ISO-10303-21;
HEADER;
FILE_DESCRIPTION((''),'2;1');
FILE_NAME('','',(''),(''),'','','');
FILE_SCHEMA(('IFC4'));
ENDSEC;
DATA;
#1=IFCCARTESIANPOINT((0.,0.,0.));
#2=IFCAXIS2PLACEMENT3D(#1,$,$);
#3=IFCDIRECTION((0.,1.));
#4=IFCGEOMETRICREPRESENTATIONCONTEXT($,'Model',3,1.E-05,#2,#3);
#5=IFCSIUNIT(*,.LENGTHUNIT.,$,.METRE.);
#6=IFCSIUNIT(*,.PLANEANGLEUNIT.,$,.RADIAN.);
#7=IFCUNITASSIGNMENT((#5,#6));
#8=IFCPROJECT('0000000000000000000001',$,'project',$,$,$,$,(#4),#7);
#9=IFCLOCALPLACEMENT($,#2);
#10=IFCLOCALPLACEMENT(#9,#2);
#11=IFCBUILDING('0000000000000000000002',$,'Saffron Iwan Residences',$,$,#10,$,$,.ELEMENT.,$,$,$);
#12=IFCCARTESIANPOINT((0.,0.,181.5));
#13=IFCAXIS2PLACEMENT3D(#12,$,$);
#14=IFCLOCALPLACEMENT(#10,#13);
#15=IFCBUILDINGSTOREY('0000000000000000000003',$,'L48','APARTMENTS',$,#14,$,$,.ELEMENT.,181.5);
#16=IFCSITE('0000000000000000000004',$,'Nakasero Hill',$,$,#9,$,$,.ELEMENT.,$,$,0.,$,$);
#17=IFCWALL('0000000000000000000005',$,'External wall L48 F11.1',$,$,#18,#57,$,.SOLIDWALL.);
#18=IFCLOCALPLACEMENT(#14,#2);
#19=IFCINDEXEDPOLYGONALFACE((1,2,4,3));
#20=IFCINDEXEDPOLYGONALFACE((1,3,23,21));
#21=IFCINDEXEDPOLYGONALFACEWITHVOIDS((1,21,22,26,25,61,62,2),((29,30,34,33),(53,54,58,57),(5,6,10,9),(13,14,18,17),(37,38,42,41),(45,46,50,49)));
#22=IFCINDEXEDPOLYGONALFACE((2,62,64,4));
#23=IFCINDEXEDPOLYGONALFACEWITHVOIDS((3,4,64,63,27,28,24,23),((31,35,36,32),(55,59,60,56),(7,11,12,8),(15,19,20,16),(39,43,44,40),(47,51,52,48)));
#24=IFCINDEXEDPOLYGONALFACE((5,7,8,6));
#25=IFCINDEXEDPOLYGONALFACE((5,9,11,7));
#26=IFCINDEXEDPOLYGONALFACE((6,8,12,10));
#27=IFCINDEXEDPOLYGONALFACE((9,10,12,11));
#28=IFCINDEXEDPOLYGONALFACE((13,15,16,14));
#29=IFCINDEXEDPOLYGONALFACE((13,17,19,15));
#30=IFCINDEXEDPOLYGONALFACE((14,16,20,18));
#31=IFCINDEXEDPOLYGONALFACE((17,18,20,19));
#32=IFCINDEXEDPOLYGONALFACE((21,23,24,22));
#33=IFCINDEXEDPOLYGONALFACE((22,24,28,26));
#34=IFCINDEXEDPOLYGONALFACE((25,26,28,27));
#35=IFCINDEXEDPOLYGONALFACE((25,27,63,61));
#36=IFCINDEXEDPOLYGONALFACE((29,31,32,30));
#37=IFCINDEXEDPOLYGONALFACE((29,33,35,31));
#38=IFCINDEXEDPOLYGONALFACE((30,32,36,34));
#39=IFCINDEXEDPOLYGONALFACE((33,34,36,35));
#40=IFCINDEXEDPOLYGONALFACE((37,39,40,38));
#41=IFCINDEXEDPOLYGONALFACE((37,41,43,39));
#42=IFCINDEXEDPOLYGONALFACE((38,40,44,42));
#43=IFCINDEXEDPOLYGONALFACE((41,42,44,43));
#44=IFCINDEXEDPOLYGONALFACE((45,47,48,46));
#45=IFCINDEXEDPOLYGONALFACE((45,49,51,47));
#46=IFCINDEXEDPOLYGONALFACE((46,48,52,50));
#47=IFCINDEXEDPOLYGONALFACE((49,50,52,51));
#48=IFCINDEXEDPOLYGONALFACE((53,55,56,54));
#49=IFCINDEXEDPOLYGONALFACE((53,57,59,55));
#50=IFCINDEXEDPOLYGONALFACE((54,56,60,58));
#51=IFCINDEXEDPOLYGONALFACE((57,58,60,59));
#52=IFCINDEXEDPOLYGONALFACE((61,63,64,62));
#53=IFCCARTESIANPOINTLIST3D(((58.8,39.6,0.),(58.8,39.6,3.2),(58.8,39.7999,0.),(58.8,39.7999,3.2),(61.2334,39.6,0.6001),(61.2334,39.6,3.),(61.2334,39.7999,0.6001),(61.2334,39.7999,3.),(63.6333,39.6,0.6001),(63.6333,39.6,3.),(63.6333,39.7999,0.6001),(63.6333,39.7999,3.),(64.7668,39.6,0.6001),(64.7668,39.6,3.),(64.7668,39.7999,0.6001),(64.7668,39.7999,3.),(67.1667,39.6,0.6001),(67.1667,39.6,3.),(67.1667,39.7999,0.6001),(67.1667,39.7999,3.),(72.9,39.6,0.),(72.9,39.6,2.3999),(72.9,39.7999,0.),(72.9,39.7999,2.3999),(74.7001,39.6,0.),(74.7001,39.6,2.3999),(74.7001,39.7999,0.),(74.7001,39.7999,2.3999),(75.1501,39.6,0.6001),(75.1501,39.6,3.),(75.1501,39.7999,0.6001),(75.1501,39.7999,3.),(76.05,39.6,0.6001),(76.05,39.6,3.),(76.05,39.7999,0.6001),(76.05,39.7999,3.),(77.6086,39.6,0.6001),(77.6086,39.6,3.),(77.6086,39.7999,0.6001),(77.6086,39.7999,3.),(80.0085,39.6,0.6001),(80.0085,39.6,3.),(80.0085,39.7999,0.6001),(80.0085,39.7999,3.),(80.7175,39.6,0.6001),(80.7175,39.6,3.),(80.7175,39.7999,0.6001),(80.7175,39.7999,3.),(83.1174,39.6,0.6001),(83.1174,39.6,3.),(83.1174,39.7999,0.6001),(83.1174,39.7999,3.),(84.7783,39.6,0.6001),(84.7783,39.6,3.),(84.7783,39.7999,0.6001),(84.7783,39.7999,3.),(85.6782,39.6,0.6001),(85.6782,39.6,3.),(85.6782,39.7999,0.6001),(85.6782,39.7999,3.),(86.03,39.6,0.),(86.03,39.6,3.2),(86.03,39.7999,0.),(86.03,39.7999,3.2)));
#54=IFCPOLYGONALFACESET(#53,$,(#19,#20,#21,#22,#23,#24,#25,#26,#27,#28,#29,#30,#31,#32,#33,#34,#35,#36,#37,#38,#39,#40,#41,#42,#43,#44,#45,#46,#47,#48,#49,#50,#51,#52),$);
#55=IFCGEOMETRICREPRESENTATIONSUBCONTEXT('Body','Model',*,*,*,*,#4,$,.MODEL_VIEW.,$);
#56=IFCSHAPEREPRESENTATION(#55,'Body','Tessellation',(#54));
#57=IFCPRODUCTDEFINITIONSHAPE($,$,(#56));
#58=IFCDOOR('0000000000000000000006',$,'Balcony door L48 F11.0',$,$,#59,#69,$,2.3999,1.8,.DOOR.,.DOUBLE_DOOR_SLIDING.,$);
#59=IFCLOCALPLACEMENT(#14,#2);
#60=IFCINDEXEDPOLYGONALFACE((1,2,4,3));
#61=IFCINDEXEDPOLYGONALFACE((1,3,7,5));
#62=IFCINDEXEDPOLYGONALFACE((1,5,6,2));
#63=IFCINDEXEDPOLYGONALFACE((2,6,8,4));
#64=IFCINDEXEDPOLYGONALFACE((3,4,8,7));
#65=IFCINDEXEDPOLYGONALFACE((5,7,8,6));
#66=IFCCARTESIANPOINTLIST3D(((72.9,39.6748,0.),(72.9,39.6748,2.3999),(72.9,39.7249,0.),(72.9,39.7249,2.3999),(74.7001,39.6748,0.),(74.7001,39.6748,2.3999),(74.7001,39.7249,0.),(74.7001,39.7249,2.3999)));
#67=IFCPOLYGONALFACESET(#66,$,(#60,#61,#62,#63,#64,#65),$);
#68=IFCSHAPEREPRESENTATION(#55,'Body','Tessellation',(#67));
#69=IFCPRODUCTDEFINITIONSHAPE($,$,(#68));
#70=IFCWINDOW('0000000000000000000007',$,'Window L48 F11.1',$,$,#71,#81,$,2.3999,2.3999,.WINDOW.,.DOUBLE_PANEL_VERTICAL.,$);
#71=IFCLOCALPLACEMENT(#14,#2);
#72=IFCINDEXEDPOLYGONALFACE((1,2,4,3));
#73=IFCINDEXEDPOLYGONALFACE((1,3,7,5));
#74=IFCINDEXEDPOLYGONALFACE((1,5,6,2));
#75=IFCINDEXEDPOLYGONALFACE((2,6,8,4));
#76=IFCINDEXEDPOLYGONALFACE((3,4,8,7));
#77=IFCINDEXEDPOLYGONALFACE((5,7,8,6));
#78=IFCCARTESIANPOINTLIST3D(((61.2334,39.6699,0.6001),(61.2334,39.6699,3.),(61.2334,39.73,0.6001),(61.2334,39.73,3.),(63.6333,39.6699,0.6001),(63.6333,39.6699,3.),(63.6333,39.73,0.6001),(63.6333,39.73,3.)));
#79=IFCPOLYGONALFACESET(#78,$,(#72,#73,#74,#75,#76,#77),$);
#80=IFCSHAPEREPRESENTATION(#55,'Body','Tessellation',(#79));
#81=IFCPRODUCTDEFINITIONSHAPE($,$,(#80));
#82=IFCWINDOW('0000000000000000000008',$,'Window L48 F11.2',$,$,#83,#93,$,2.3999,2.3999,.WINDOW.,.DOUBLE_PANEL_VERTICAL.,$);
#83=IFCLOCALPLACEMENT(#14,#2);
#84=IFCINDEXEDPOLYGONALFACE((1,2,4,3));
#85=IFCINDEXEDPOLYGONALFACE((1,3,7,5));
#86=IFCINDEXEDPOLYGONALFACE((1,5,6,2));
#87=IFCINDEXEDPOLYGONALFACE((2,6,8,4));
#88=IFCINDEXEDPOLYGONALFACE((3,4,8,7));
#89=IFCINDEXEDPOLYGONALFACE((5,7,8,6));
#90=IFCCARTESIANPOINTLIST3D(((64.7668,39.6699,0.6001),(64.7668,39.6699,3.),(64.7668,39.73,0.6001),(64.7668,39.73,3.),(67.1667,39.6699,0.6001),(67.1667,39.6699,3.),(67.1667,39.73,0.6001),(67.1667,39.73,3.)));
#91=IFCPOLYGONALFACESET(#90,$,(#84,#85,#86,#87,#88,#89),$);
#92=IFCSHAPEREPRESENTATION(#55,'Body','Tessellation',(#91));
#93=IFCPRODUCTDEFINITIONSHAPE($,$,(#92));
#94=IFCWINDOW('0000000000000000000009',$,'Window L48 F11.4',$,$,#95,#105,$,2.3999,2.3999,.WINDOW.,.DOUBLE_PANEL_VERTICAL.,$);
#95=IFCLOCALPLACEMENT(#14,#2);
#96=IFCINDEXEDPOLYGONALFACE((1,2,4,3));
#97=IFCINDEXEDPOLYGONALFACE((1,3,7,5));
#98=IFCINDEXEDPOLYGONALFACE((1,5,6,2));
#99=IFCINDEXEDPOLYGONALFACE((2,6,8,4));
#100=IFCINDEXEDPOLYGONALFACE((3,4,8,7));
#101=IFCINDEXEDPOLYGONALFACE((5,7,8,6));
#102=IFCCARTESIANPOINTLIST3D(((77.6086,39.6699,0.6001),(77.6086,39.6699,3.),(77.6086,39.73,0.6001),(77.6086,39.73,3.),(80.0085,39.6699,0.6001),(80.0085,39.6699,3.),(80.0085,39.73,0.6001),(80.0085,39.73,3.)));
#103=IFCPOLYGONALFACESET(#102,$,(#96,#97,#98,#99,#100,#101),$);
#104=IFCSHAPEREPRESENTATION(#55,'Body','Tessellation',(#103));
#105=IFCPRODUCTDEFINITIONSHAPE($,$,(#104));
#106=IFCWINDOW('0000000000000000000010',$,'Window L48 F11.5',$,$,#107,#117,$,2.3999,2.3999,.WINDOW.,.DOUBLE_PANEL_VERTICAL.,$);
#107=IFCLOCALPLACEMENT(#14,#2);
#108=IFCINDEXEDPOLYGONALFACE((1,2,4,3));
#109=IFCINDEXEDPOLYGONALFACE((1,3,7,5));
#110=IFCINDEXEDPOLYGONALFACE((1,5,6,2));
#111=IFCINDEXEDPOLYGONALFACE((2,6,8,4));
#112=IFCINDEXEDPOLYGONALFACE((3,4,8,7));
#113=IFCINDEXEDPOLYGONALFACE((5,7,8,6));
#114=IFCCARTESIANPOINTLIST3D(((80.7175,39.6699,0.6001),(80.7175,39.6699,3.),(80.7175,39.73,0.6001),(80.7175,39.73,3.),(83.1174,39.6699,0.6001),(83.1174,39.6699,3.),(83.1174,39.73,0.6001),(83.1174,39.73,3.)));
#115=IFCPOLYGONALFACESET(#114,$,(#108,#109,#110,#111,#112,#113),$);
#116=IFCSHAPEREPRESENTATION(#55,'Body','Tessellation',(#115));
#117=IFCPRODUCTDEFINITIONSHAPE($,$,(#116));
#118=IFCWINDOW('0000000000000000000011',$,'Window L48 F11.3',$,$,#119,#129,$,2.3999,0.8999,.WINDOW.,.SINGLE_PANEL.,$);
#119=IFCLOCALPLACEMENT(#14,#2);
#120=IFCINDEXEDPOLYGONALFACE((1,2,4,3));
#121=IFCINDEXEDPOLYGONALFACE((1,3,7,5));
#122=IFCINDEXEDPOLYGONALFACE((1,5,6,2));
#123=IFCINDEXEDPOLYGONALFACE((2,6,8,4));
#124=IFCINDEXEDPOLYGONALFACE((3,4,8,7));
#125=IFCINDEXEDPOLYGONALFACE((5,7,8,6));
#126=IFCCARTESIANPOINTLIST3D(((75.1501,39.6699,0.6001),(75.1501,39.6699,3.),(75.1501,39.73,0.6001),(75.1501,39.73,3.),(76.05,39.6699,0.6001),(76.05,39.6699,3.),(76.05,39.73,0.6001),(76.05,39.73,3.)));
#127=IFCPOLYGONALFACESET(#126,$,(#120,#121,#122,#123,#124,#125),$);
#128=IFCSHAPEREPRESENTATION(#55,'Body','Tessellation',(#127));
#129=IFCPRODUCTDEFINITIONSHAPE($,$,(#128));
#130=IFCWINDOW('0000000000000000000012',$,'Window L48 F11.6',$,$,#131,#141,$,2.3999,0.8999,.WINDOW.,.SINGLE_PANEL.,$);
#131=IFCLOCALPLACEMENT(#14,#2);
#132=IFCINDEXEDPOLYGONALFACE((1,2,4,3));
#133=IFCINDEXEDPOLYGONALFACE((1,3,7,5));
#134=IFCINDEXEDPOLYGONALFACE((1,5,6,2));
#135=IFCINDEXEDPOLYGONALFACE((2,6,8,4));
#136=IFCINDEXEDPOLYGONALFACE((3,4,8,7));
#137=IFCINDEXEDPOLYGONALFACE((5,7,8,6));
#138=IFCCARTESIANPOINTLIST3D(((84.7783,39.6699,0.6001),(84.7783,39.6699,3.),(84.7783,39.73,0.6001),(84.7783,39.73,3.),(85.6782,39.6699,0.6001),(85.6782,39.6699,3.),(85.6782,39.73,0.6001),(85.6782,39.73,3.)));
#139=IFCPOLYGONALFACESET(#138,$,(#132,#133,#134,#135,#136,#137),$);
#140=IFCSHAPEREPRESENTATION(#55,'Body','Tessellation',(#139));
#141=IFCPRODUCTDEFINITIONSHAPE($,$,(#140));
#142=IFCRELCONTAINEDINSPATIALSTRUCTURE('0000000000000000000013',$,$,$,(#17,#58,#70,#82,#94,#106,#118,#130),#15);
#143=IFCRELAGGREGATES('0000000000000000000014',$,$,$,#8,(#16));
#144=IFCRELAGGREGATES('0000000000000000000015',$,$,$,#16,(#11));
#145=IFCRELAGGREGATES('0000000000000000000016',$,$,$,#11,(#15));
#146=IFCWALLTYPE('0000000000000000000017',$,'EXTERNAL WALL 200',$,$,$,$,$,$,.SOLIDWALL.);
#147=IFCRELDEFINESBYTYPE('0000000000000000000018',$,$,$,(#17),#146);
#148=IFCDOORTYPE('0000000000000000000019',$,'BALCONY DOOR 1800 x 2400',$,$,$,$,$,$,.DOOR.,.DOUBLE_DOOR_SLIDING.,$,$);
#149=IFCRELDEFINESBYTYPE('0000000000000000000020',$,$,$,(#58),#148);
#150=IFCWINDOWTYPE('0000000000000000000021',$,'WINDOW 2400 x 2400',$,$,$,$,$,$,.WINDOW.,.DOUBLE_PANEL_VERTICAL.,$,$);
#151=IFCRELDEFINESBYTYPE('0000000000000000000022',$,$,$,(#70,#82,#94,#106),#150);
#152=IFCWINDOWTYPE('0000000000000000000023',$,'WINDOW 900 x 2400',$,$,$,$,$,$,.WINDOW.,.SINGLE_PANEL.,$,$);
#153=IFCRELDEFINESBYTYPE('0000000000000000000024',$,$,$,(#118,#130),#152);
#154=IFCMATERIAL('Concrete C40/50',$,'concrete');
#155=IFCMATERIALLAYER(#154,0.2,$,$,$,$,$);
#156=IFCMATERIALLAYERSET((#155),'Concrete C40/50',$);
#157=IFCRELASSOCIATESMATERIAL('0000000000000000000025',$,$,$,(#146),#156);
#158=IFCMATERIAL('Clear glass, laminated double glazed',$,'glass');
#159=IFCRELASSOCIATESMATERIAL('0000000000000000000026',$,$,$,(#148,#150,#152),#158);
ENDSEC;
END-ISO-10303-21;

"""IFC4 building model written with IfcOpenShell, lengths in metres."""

from ifc_helpers import new_model, si_unit, direction, frame, frame_2d, origin, place, context, subcontext, project, spatial, rectangle, extrude, material, layer, layer_set, type_object, element, fill, save


model = new_model("IFC4")

# Units and contexts
model_context = context("Model", 3, precision=1e-05, world=origin(), true_north=direction((0.0, 1.0)))
body_context = subcontext(model_context, "Body", "Model", "MODEL_VIEW")
ifc_project = project(units=[si_unit("LENGTHUNIT", "METRE"), si_unit("PLANEANGLEUNIT", "RADIAN")], contexts=[model_context])

# Site, building, storey
site_placement = place(None, origin())
site = spatial("IfcSite", under=ifc_project, at=site_placement, Name="Nakasero Hill", CompositionType="ELEMENT", RefElevation=0.0)
building_placement = place(site_placement, origin())
building = spatial("IfcBuilding", under=site, at=building_placement, Name="Saffron Iwan Residences", CompositionType="ELEMENT")
storey_placement = place(building_placement, frame((0.0, 0.0, 181.5)))
storey = spatial("IfcBuildingStorey", under=building, at=storey_placement, Name="L48", Description="APARTMENTS", CompositionType="ELEMENT", Elevation=181.5)

# Wall, openings, door, windows
ifc_material_1 = material(Name="Concrete C40/50", Category="concrete")
ifc_layer_1 = layer(ifc_material_1, 0.2)
ifc_layer_set_1 = layer_set([ifc_layer_1], Name="Concrete C40/50")
wall_type_1 = type_object("IfcWallType", Name="EXTERNAL WALL 200", PredefinedType="SOLIDWALL", material=ifc_layer_set_1)
wall_1_placement = place(storey_placement, frame((58.8, 39.7, 0.0), z_axis=(0.0, 0.0, 1.0), x_axis=(1.0, 0.0, 0.0)))
wall_1 = element("IfcWall", 1, at=wall_1_placement, inside=storey, type_object=wall_type_1, Name="External wall L48 F11.1", PredefinedType="SOLIDWALL", context=body_context, shape_type="SweptSolid", body=[
    extrude(rectangle(XDim=27.23, YDim=0.2, at=frame_2d((13.615, 0.0))), origin(), (0.0, 0.0, 1.0), 3.2),
])
opening_1_placement = place(wall_1_placement, frame((14.1001, 0.0, 0.0)))
opening_1 = element("IfcOpeningElement", 2, at=opening_1_placement, cuts=wall_1, PredefinedType="OPENING", context=body_context, shape_type="SweptSolid", body=[
    extrude(rectangle(XDim=1.8, YDim=2.3999, at=frame_2d((0.8999, 1.2))), frame((0.0, 0.1099, 0.0), z_axis=(0.0, -1.0, 0.0), x_axis=(1.0, 0.0, 0.0)), (0.0, 0.0, 1.0), 0.22),
])
opening_2_placement = place(wall_1_placement, frame((2.4333, 0.0, 0.6001)))
opening_2 = element("IfcOpeningElement", 3, at=opening_2_placement, cuts=wall_1, PredefinedType="OPENING", context=body_context, shape_type="SweptSolid", body=[
    extrude(rectangle(XDim=2.3999, YDim=2.3999, at=frame_2d((1.2, 1.2))), frame((0.0, 0.1099, 0.0), z_axis=(0.0, -1.0, 0.0), x_axis=(1.0, 0.0, 0.0)), (0.0, 0.0, 1.0), 0.22),
])
opening_3_placement = place(wall_1_placement, frame((5.9668, 0.0, 0.6001)))
opening_3 = element("IfcOpeningElement", 4, at=opening_3_placement, cuts=wall_1, PredefinedType="OPENING", context=body_context, shape_type="SweptSolid", body=[
    extrude(rectangle(XDim=2.3999, YDim=2.3999, at=frame_2d((1.2, 1.2))), frame((0.0, 0.1099, 0.0), z_axis=(0.0, -1.0, 0.0), x_axis=(1.0, 0.0, 0.0)), (0.0, 0.0, 1.0), 0.22),
])
opening_4_placement = place(wall_1_placement, frame((16.3501, 0.0, 0.6001)))
opening_4 = element("IfcOpeningElement", 5, at=opening_4_placement, cuts=wall_1, PredefinedType="OPENING", context=body_context, shape_type="SweptSolid", body=[
    extrude(rectangle(XDim=0.8999, YDim=2.3999, at=frame_2d((0.45, 1.2))), frame((0.0, 0.1099, 0.0), z_axis=(0.0, -1.0, 0.0), x_axis=(1.0, 0.0, 0.0)), (0.0, 0.0, 1.0), 0.22),
])
opening_5_placement = place(wall_1_placement, frame((18.8086, 0.0, 0.6001)))
opening_5 = element("IfcOpeningElement", 6, at=opening_5_placement, cuts=wall_1, PredefinedType="OPENING", context=body_context, shape_type="SweptSolid", body=[
    extrude(rectangle(XDim=2.3999, YDim=2.3999, at=frame_2d((1.2, 1.2))), frame((0.0, 0.1099, 0.0), z_axis=(0.0, -1.0, 0.0), x_axis=(1.0, 0.0, 0.0)), (0.0, 0.0, 1.0), 0.22),
])
opening_6_placement = place(wall_1_placement, frame((21.9175, 0.0, 0.6001)))
opening_6 = element("IfcOpeningElement", 7, at=opening_6_placement, cuts=wall_1, PredefinedType="OPENING", context=body_context, shape_type="SweptSolid", body=[
    extrude(rectangle(XDim=2.3999, YDim=2.3999, at=frame_2d((1.2, 1.2))), frame((0.0, 0.1099, 0.0), z_axis=(0.0, -1.0, 0.0), x_axis=(1.0, 0.0, 0.0)), (0.0, 0.0, 1.0), 0.22),
])
opening_7_placement = place(wall_1_placement, frame((25.9783, 0.0, 0.6001)))
opening_7 = element("IfcOpeningElement", 8, at=opening_7_placement, cuts=wall_1, PredefinedType="OPENING", context=body_context, shape_type="SweptSolid", body=[
    extrude(rectangle(XDim=0.8999, YDim=2.3999, at=frame_2d((0.45, 1.2))), frame((0.0, 0.1099, 0.0), z_axis=(0.0, -1.0, 0.0), x_axis=(1.0, 0.0, 0.0)), (0.0, 0.0, 1.0), 0.22),
])
ifc_material_2 = material(Name="Clear glass, laminated double glazed", Category="glass")
door_type_1 = type_object("IfcDoorType", Name="BALCONY DOOR 1800 x 2400", OperationType="DOUBLE_DOOR_SLIDING", PredefinedType="DOOR", material=ifc_material_2)
door_1_placement = place(opening_1_placement, origin())
door_1 = element("IfcDoor", 9, at=door_1_placement, inside=storey, type_object=door_type_1, Name="Balcony door L48 F11.0", OperationType="DOUBLE_DOOR_SLIDING", OverallHeight=2.3999, OverallWidth=1.8, PredefinedType="DOOR", context=body_context, shape_type="SweptSolid", body=[
    extrude(rectangle(XDim=1.8, YDim=2.3999, at=frame_2d((0.8999, 1.2))), frame((0.0, 0.0249, 0.0), z_axis=(0.0, -1.0, 0.0), x_axis=(1.0, 0.0, 0.0)), (0.0, 0.0, 1.0), 0.05),
])
fill(opening_1, door_1)
window_type_1 = type_object("IfcWindowType", Name="WINDOW 2400 x 2400", PartitioningType="DOUBLE_PANEL_VERTICAL", PredefinedType="WINDOW", material=ifc_material_2)
window_1_placement = place(opening_2_placement, origin())
window_1 = element("IfcWindow", 10, at=window_1_placement, inside=storey, type_object=window_type_1, Name="Window L48 F11.1", OverallHeight=2.3999, OverallWidth=2.3999, PartitioningType="DOUBLE_PANEL_VERTICAL", PredefinedType="WINDOW", context=body_context, shape_type="SweptSolid", body=[
    extrude(rectangle(XDim=2.3999, YDim=2.3999, at=frame_2d((1.2, 1.2))), frame((0.0, 0.03, 0.0), z_axis=(0.0, -1.0, 0.0), x_axis=(1.0, 0.0, 0.0)), (0.0, 0.0, 1.0), 0.0601),
])
fill(opening_2, window_1)
window_2_placement = place(opening_3_placement, origin())
window_2 = element("IfcWindow", 11, at=window_2_placement, inside=storey, type_object=window_type_1, Name="Window L48 F11.2", OverallHeight=2.3999, OverallWidth=2.3999, PartitioningType="DOUBLE_PANEL_VERTICAL", PredefinedType="WINDOW", context=body_context, shape_type="SweptSolid", body=[
    extrude(rectangle(XDim=2.3999, YDim=2.3999, at=frame_2d((1.2, 1.2))), frame((0.0, 0.03, 0.0), z_axis=(0.0, -1.0, 0.0), x_axis=(1.0, 0.0, 0.0)), (0.0, 0.0, 1.0), 0.0601),
])
fill(opening_3, window_2)
window_3_placement = place(opening_5_placement, origin())
window_3 = element("IfcWindow", 12, at=window_3_placement, inside=storey, type_object=window_type_1, Name="Window L48 F11.4", OverallHeight=2.3999, OverallWidth=2.3999, PartitioningType="DOUBLE_PANEL_VERTICAL", PredefinedType="WINDOW", context=body_context, shape_type="SweptSolid", body=[
    extrude(rectangle(XDim=2.3999, YDim=2.3999, at=frame_2d((1.2, 1.2))), frame((0.0, 0.03, 0.0), z_axis=(0.0, -1.0, 0.0), x_axis=(1.0, 0.0, 0.0)), (0.0, 0.0, 1.0), 0.0601),
])
fill(opening_5, window_3)
window_4_placement = place(opening_6_placement, origin())
window_4 = element("IfcWindow", 13, at=window_4_placement, inside=storey, type_object=window_type_1, Name="Window L48 F11.5", OverallHeight=2.3999, OverallWidth=2.3999, PartitioningType="DOUBLE_PANEL_VERTICAL", PredefinedType="WINDOW", context=body_context, shape_type="SweptSolid", body=[
    extrude(rectangle(XDim=2.3999, YDim=2.3999, at=frame_2d((1.2, 1.2))), frame((0.0, 0.03, 0.0), z_axis=(0.0, -1.0, 0.0), x_axis=(1.0, 0.0, 0.0)), (0.0, 0.0, 1.0), 0.0601),
])
fill(opening_6, window_4)
window_type_2 = type_object("IfcWindowType", Name="WINDOW 900 x 2400", PartitioningType="SINGLE_PANEL", PredefinedType="WINDOW", material=ifc_material_2)
window_5_placement = place(opening_4_placement, origin())
window_5 = element("IfcWindow", 14, at=window_5_placement, inside=storey, type_object=window_type_2, Name="Window L48 F11.3", OverallHeight=2.3999, OverallWidth=0.8999, PartitioningType="SINGLE_PANEL", PredefinedType="WINDOW", context=body_context, shape_type="SweptSolid", body=[
    extrude(rectangle(XDim=0.8999, YDim=2.3999, at=frame_2d((0.45, 1.2))), frame((0.0, 0.03, 0.0), z_axis=(0.0, -1.0, 0.0), x_axis=(1.0, 0.0, 0.0)), (0.0, 0.0, 1.0), 0.0601),
])
fill(opening_4, window_5)
window_6_placement = place(opening_7_placement, origin())
window_6 = element("IfcWindow", 15, at=window_6_placement, inside=storey, type_object=window_type_2, Name="Window L48 F11.6", OverallHeight=2.3999, OverallWidth=0.8999, PartitioningType="SINGLE_PANEL", PredefinedType="WINDOW", context=body_context, shape_type="SweptSolid", body=[
    extrude(rectangle(XDim=0.8999, YDim=2.3999, at=frame_2d((0.45, 1.2))), frame((0.0, 0.03, 0.0), z_axis=(0.0, -1.0, 0.0), x_axis=(1.0, 0.0, 0.0)), (0.0, 0.0, 1.0), 0.0601),
])
fill(opening_7, window_6)

save(model, "model.ifc")
